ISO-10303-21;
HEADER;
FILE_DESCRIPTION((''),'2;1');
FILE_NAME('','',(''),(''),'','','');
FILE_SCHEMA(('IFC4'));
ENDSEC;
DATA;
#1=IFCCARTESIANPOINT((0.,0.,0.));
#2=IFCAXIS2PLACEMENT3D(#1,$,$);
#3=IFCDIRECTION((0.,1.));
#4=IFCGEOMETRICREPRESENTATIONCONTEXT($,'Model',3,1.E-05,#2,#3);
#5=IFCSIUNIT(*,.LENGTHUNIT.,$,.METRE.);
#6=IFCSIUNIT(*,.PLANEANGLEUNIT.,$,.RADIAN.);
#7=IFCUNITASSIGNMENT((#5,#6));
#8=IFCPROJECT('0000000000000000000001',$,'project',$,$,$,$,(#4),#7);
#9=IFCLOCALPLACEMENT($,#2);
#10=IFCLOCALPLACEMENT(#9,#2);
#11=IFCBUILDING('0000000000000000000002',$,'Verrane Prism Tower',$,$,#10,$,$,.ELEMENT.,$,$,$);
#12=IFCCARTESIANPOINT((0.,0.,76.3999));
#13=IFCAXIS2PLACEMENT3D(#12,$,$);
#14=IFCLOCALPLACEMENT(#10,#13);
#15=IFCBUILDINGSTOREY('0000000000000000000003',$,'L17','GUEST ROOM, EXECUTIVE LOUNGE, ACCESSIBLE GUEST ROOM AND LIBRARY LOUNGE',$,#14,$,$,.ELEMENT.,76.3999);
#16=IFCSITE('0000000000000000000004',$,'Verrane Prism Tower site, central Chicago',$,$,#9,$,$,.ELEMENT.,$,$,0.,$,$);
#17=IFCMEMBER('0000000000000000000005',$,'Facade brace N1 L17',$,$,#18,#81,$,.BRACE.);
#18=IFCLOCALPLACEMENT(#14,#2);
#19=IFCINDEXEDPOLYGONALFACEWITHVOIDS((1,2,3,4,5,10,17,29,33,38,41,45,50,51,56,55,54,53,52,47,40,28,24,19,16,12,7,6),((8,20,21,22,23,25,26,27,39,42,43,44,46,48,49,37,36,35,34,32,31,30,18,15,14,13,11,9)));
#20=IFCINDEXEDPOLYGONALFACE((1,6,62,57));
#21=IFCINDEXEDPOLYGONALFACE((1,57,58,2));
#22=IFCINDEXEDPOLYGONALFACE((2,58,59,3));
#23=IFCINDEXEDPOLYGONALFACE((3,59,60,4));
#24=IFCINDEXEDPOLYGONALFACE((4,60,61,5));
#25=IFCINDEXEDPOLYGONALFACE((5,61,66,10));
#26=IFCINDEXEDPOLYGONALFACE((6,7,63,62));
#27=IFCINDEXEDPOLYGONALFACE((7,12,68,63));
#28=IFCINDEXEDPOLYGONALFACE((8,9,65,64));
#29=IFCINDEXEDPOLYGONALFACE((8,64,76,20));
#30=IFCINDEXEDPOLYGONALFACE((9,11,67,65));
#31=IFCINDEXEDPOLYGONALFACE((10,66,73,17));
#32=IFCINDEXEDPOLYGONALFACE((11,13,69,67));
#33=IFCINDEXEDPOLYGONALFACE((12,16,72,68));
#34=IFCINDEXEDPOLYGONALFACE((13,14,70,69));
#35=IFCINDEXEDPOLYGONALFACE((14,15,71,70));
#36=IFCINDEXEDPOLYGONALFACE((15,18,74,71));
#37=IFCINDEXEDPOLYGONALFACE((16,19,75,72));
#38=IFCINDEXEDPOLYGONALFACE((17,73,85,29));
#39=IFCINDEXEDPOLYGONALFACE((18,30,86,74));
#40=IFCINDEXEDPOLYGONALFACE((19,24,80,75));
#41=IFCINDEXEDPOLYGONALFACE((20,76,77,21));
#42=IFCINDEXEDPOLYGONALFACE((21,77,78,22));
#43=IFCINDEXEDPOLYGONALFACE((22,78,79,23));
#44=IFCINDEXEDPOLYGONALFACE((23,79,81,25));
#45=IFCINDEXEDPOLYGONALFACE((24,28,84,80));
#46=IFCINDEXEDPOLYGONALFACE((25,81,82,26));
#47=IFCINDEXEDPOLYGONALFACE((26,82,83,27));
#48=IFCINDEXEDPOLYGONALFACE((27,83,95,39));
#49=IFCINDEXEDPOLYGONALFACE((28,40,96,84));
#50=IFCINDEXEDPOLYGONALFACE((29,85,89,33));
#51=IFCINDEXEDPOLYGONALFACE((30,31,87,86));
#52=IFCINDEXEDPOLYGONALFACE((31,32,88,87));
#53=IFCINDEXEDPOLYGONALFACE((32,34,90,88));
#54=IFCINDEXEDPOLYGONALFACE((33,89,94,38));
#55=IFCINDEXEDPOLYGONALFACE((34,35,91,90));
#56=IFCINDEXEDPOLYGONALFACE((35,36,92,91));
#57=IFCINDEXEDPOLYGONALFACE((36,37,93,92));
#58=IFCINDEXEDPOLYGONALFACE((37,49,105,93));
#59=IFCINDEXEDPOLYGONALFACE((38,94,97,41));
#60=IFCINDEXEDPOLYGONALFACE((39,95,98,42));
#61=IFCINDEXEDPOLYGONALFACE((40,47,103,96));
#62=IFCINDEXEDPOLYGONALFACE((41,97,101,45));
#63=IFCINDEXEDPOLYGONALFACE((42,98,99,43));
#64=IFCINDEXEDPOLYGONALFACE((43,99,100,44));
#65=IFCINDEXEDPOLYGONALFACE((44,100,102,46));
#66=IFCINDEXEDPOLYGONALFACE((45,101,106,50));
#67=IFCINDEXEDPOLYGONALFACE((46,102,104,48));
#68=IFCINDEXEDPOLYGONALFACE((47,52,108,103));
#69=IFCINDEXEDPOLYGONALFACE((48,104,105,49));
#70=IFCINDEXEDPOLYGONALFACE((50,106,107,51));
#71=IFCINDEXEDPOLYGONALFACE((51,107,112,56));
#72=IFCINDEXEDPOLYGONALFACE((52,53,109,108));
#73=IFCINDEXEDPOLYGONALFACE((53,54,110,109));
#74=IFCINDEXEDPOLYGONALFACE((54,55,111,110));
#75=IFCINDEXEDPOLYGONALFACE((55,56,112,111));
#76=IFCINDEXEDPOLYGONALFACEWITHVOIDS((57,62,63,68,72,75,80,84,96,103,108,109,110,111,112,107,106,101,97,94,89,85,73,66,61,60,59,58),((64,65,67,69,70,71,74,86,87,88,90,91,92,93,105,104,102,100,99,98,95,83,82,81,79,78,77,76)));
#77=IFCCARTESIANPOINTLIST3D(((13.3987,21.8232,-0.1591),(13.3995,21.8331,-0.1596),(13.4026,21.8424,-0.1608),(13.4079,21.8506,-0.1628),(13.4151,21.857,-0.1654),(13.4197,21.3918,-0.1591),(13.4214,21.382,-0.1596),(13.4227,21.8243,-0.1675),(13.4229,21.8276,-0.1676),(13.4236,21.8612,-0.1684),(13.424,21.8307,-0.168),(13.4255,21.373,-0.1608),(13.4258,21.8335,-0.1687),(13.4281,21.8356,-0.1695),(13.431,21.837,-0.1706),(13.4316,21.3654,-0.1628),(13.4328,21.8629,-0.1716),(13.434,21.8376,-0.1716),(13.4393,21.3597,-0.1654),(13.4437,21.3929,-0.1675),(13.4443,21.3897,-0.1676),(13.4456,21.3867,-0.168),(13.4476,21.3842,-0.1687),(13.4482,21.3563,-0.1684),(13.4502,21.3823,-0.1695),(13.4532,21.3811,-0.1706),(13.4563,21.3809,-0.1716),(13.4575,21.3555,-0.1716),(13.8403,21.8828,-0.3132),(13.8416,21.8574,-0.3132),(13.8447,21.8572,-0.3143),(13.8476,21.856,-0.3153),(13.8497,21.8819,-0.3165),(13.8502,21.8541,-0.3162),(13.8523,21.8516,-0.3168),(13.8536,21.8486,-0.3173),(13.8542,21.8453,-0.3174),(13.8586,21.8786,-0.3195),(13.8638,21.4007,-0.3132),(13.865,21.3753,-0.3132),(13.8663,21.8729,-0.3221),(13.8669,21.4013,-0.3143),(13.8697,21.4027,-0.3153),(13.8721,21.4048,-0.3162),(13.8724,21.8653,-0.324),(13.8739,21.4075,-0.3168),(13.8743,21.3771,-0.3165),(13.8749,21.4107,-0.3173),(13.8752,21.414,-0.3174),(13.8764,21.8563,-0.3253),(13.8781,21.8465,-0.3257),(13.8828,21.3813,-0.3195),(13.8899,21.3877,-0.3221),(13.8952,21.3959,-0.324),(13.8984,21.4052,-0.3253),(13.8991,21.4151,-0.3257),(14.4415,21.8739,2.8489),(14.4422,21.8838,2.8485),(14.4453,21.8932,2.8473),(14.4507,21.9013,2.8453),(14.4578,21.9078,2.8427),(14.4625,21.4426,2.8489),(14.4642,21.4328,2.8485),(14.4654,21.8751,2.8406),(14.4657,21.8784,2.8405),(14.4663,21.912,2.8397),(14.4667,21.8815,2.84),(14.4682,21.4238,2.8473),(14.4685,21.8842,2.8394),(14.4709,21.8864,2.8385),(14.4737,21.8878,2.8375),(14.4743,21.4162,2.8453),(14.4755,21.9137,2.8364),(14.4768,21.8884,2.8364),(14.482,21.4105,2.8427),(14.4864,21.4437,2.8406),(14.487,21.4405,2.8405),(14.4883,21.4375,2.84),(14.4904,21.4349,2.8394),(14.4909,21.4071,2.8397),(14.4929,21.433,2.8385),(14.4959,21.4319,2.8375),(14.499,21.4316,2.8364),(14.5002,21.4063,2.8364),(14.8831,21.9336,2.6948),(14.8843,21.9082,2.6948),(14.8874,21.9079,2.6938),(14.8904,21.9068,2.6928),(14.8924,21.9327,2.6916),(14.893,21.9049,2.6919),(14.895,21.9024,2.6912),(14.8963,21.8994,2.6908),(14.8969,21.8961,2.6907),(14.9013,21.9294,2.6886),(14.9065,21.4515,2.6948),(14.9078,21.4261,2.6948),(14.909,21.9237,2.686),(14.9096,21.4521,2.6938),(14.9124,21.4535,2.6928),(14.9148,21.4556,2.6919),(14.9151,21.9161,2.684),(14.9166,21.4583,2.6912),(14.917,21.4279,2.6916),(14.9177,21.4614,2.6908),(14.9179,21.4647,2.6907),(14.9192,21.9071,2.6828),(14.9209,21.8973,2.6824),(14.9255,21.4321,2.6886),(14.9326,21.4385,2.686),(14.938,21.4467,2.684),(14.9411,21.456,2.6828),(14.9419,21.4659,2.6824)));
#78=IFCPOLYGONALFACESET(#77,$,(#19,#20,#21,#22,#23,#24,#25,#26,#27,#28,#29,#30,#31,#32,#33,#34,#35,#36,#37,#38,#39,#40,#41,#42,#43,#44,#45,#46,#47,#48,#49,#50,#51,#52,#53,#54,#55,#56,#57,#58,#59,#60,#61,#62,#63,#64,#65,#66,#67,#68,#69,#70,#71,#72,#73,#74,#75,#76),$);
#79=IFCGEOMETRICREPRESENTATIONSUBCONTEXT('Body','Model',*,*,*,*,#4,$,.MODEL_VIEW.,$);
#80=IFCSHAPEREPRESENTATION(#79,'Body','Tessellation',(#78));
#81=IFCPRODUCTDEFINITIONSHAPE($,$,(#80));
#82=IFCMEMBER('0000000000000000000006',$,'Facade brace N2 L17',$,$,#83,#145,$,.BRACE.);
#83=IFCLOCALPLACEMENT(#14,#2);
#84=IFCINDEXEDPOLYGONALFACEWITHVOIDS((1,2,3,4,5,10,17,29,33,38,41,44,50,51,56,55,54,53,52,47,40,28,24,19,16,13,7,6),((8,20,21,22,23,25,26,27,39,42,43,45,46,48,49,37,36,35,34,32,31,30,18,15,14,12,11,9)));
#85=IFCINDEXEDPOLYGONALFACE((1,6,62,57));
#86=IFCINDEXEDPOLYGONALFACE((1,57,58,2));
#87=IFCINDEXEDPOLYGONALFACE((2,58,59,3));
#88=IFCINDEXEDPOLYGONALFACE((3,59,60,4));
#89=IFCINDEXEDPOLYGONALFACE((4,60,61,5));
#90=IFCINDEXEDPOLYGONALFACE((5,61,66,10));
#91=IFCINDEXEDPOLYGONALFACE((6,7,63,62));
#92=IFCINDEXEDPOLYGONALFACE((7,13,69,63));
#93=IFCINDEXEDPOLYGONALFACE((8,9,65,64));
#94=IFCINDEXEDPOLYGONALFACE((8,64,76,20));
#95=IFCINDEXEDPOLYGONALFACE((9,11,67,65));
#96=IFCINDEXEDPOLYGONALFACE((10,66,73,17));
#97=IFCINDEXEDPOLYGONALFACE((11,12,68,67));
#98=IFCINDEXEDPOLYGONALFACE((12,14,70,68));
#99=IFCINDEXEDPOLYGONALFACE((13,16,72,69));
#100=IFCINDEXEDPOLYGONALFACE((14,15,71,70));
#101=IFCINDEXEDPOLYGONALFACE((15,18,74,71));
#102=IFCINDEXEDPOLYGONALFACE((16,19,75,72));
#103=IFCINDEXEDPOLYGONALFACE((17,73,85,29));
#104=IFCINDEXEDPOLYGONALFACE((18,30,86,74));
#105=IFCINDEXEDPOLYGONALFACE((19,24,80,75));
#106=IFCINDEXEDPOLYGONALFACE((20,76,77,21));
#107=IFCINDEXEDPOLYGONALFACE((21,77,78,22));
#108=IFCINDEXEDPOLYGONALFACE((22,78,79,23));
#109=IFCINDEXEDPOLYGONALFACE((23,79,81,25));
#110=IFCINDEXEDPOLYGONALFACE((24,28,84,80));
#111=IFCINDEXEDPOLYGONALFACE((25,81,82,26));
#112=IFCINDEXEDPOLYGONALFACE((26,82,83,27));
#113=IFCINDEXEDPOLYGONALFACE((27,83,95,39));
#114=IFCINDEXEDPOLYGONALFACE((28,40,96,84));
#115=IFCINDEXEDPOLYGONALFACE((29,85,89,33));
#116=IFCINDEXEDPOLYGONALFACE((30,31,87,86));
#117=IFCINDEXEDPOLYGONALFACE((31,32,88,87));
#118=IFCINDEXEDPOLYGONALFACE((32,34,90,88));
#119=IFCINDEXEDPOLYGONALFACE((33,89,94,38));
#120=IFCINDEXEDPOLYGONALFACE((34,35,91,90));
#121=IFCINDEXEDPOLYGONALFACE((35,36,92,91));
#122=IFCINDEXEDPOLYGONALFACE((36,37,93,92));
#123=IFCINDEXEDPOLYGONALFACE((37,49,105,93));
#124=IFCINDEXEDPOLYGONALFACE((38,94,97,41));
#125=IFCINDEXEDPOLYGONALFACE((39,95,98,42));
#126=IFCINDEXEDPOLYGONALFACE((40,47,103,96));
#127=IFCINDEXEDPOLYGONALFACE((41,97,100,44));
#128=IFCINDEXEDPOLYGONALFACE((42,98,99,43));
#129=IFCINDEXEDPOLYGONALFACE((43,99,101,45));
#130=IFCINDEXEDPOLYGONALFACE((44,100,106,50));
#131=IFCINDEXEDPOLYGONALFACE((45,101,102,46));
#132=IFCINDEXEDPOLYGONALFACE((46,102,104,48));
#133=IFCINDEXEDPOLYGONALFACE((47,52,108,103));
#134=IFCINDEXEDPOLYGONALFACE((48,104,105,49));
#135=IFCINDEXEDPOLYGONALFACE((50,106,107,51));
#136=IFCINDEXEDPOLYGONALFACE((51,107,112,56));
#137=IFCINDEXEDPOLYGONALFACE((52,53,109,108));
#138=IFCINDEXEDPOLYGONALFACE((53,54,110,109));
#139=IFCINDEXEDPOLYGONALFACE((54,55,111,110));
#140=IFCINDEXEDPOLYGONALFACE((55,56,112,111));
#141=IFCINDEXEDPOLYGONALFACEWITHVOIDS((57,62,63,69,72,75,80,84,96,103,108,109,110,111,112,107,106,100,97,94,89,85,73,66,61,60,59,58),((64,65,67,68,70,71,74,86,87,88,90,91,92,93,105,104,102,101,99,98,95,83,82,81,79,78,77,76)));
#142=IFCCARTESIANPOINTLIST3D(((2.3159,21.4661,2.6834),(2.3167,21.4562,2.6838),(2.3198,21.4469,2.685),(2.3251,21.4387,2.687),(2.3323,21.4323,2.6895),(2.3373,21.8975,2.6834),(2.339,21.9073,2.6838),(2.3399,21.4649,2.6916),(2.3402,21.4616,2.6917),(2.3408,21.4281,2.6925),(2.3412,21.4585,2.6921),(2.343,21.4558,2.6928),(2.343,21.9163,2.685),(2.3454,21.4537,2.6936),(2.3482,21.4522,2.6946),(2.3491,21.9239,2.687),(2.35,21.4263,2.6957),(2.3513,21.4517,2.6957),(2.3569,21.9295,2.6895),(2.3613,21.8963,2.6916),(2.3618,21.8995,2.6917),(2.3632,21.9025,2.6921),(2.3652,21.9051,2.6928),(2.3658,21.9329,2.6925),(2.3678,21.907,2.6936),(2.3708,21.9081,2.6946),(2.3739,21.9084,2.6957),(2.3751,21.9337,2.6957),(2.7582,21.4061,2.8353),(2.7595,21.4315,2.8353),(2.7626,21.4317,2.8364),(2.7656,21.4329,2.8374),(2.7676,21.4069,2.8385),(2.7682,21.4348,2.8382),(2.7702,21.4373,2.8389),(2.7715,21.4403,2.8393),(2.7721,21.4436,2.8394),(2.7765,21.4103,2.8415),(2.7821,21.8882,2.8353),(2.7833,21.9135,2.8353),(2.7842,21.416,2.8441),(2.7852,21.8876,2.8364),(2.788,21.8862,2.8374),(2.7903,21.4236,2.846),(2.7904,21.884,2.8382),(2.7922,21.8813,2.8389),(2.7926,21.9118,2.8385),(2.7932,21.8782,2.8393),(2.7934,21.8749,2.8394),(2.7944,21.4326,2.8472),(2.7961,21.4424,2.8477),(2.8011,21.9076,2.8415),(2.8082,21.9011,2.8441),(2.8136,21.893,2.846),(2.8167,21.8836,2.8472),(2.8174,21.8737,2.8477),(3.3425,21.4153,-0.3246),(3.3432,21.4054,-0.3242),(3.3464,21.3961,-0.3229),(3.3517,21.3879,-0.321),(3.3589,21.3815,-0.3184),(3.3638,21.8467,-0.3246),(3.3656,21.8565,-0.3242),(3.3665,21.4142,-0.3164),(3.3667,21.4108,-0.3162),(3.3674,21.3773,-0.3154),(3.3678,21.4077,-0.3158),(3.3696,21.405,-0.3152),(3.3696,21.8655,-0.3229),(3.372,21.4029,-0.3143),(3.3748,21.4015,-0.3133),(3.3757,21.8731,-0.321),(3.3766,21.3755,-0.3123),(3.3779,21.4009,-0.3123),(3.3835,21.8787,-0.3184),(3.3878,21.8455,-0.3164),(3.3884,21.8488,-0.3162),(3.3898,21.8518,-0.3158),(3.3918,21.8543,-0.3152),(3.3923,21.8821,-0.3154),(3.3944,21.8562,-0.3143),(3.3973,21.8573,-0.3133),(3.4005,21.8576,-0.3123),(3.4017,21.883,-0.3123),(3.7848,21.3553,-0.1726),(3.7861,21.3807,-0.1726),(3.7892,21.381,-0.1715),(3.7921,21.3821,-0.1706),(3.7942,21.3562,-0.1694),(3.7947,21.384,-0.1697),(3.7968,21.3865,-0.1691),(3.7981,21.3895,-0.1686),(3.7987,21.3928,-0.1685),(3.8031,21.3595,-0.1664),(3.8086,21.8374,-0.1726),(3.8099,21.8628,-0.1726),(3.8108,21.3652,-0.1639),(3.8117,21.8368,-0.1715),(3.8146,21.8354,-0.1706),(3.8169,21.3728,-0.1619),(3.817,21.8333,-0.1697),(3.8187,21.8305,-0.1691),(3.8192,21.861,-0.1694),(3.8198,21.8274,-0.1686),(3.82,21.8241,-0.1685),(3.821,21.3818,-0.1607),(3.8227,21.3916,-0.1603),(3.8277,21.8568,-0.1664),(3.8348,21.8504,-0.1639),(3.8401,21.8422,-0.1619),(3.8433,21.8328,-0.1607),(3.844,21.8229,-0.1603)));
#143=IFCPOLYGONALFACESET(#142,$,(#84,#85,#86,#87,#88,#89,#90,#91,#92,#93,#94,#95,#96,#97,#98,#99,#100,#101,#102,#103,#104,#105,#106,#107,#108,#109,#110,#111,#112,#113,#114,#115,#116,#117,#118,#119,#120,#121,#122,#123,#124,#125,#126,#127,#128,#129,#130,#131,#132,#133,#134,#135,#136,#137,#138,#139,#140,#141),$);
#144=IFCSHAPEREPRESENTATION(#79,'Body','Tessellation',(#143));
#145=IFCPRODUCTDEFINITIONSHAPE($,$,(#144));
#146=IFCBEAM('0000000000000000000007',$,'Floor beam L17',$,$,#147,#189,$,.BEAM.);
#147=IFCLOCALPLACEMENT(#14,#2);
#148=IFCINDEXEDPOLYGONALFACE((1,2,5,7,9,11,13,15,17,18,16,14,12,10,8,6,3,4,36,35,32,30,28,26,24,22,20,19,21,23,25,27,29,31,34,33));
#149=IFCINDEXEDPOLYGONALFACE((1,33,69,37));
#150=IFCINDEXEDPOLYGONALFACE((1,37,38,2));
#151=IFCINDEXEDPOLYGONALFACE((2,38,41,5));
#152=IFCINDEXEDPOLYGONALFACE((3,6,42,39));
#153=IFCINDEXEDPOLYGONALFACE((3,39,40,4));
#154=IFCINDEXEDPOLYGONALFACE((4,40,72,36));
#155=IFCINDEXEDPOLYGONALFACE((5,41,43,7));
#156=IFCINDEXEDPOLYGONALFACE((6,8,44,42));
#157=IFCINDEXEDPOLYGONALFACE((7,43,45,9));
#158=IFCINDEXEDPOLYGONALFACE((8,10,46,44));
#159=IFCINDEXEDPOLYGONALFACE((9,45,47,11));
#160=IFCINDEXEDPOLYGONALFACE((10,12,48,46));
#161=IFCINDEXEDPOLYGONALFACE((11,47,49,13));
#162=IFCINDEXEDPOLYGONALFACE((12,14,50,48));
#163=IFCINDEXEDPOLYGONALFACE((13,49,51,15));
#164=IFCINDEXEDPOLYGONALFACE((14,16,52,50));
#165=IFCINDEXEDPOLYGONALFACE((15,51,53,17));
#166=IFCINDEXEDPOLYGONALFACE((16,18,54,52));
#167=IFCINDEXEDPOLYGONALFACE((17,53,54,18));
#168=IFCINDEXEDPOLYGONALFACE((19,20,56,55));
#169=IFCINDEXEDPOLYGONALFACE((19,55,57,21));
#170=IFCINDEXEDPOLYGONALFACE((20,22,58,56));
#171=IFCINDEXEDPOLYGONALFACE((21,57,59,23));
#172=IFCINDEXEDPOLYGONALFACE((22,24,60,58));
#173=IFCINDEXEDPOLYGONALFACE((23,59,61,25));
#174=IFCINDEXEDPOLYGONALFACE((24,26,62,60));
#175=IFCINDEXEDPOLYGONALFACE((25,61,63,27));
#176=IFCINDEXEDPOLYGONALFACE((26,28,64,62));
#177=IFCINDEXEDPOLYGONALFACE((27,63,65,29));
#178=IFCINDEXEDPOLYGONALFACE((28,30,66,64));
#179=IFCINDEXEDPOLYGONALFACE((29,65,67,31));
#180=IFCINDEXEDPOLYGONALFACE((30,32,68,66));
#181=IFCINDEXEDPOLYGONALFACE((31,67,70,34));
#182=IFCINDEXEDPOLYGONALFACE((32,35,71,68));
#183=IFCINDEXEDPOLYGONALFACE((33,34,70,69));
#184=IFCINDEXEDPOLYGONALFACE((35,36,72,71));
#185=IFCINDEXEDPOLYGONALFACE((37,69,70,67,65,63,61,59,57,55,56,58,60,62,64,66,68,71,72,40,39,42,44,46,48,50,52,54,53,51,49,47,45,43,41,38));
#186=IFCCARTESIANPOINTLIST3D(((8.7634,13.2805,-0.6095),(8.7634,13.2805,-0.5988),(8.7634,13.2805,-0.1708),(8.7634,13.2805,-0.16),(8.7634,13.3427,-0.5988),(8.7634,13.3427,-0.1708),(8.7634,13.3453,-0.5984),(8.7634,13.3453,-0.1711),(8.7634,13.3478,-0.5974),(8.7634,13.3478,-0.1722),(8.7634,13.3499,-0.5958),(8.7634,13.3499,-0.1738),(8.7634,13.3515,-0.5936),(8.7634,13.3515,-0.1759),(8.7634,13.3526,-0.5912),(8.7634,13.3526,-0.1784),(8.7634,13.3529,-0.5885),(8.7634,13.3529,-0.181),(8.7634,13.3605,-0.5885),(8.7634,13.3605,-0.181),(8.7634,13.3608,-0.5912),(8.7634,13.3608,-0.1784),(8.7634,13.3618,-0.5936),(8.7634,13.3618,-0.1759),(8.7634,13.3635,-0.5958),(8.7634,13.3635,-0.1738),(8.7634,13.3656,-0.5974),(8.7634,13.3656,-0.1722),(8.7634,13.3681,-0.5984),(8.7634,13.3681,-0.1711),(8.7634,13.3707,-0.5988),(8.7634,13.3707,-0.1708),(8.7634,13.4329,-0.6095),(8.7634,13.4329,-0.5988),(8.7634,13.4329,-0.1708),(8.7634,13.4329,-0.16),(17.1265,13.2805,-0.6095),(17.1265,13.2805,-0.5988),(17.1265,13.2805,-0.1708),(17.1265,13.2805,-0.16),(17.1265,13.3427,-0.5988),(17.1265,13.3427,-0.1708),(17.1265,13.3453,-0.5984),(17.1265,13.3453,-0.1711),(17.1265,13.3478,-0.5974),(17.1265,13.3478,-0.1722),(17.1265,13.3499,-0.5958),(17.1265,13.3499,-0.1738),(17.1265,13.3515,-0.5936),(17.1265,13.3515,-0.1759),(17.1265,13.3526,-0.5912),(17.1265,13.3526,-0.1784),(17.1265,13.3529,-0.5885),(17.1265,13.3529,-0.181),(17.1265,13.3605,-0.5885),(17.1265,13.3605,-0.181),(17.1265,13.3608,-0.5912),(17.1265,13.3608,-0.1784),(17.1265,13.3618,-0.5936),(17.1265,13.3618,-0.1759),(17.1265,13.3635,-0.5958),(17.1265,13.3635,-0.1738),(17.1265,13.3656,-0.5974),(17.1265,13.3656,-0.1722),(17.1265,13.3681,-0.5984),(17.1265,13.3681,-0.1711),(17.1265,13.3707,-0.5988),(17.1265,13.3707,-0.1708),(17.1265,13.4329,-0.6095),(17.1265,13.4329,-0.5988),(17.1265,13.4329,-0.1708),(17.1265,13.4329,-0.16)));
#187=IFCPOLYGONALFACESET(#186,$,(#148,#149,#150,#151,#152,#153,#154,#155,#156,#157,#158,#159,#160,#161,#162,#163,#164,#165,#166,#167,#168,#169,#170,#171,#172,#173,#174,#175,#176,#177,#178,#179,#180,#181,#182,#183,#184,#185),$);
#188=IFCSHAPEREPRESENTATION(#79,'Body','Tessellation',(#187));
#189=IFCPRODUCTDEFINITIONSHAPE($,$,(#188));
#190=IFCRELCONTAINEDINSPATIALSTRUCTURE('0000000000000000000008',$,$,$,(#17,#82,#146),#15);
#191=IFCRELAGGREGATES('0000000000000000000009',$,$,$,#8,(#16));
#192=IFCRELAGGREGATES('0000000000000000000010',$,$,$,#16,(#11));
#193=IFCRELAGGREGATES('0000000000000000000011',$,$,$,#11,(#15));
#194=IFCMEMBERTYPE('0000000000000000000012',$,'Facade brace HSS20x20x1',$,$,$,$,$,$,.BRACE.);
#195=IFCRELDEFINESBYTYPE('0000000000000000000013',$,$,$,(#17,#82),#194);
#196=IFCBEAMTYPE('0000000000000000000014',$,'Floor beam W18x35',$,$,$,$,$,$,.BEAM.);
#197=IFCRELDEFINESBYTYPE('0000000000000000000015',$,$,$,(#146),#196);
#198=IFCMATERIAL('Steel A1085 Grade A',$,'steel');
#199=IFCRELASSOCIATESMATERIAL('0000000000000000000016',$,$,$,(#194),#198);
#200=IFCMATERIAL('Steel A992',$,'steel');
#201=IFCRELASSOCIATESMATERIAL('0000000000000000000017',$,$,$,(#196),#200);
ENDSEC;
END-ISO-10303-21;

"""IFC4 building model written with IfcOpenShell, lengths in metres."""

from ifc_helpers import new_model, si_unit, direction, frame, origin, origin_2d, place, context, subcontext, project, spatial, hollow_rectangle, i_section, extrude, material, material_profile, profile_set, type_object, element, save


model = new_model("IFC4")

# Units and contexts
model_context = context("Model", 3, precision=1e-05, world=origin(), true_north=direction((0.0, 1.0)))
body_context = subcontext(model_context, "Body", "Model", "MODEL_VIEW")
ifc_project = project(units=[si_unit("LENGTHUNIT", "METRE"), si_unit("PLANEANGLEUNIT", "RADIAN")], contexts=[model_context])

# Site, building, storey
site_placement = place(None, origin())
site = spatial("IfcSite", under=ifc_project, at=site_placement, Name="Verrane Prism Tower site, central Chicago", CompositionType="ELEMENT", RefElevation=0.0)
building_placement = place(site_placement, origin())
building = spatial("IfcBuilding", under=site, at=building_placement, Name="Verrane Prism Tower", CompositionType="ELEMENT")
storey_placement = place(building_placement, frame((0.0, 0.0, 76.3999)))
storey = spatial("IfcBuildingStorey", under=building, at=storey_placement, Name="L17", Description="GUEST ROOM, EXECUTIVE LOUNGE, ACCESSIBLE GUEST ROOM AND LIBRARY LOUNGE", CompositionType="ELEMENT", Elevation=76.3999)

# Members
ifc_material_1 = material(Name="Steel A1085 Grade A", Category="steel")
ifc_material_profile_1 = material_profile(ifc_material_1, hollow_rectangle(XDim=0.5081, YDim=0.5081, WallThickness=0.0254, InnerFilletRadius=0.0127, OuterFilletRadius=0.0381, at=origin_2d()), Name="HSS20x20x1")
ifc_profile_set_1 = profile_set([ifc_material_profile_1], Name="Steel A1085 Grade A")
member_type_1 = type_object("IfcMemberType", Name="Facade brace HSS20x20x1", PredefinedType="BRACE", material=ifc_profile_set_1)
member_1_placement = place(storey_placement, frame((13.6489, 21.6191, -0.2424), z_axis=(0.327482, 0.015949, 0.944723), x_axis=(-0.048643, 0.998816, 0.0)))
element("IfcMember", 1, at=member_1_placement, inside=storey, type_object=member_type_1, Name="Facade brace N1 L17", PredefinedType="BRACE", context=body_context, shape_type="SweptSolid", body=[
    extrude(hollow_rectangle(XDim=0.5081, YDim=0.5081, WallThickness=0.0254, InnerFilletRadius=0.0127, OuterFilletRadius=0.0381, at=origin_2d()), origin(), (0.0, 0.0, 1.0), 3.1841),
])
member_2_placement = place(storey_placement, frame((3.5933, 21.6191, -0.2424), z_axis=(-0.322953, 0.015975, 0.94628), x_axis=(-0.049405, -0.998779, 0.0)))
element("IfcMember", 2, at=member_2_placement, inside=storey, type_object=member_type_1, Name="Facade brace N2 L17", PredefinedType="BRACE", context=body_context, shape_type="SweptSolid", body=[
    extrude(hollow_rectangle(XDim=0.5081, YDim=0.5081, WallThickness=0.0254, InnerFilletRadius=0.0127, OuterFilletRadius=0.0381, at=origin_2d()), origin(), (0.0, 0.0, 1.0), 3.1787),
])

# Beam
ifc_material_2 = material(Name="Steel A992", Category="steel")
ifc_material_profile_2 = material_profile(ifc_material_2, i_section(OverallWidth=0.1523, OverallDepth=0.4495, WebThickness=0.0076, FlangeThickness=0.0107, FilletRadius=0.0103, at=origin_2d()), Name="W18x35")
ifc_profile_set_2 = profile_set([ifc_material_profile_2], Name="Steel A992")
beam_type_1 = type_object("IfcBeamType", Name="Floor beam W18x35", PredefinedType="BEAM", material=ifc_profile_set_2)
for number, where, z_axis, x_axis, name in (
    (3, (8.7634, 13.3567, -0.3848), (1.0, 0.0, 0.0), (0.0, 1.0, 0.0), "Floor beam L17"),
):
    element("IfcBeam", number, at=place(storey_placement, frame(where, z_axis=z_axis, x_axis=x_axis)), inside=storey, type_object=beam_type_1, Name=name, PredefinedType="BEAM", context=body_context, shape_type="SweptSolid", body=[
        extrude(i_section(OverallWidth=0.1523, OverallDepth=0.4495, WebThickness=0.0076, FlangeThickness=0.0107, FilletRadius=0.0103, at=origin_2d()), origin(), (0.0, 0.0, 1.0), 8.363),
    ])

save(model, "model.ifc")
